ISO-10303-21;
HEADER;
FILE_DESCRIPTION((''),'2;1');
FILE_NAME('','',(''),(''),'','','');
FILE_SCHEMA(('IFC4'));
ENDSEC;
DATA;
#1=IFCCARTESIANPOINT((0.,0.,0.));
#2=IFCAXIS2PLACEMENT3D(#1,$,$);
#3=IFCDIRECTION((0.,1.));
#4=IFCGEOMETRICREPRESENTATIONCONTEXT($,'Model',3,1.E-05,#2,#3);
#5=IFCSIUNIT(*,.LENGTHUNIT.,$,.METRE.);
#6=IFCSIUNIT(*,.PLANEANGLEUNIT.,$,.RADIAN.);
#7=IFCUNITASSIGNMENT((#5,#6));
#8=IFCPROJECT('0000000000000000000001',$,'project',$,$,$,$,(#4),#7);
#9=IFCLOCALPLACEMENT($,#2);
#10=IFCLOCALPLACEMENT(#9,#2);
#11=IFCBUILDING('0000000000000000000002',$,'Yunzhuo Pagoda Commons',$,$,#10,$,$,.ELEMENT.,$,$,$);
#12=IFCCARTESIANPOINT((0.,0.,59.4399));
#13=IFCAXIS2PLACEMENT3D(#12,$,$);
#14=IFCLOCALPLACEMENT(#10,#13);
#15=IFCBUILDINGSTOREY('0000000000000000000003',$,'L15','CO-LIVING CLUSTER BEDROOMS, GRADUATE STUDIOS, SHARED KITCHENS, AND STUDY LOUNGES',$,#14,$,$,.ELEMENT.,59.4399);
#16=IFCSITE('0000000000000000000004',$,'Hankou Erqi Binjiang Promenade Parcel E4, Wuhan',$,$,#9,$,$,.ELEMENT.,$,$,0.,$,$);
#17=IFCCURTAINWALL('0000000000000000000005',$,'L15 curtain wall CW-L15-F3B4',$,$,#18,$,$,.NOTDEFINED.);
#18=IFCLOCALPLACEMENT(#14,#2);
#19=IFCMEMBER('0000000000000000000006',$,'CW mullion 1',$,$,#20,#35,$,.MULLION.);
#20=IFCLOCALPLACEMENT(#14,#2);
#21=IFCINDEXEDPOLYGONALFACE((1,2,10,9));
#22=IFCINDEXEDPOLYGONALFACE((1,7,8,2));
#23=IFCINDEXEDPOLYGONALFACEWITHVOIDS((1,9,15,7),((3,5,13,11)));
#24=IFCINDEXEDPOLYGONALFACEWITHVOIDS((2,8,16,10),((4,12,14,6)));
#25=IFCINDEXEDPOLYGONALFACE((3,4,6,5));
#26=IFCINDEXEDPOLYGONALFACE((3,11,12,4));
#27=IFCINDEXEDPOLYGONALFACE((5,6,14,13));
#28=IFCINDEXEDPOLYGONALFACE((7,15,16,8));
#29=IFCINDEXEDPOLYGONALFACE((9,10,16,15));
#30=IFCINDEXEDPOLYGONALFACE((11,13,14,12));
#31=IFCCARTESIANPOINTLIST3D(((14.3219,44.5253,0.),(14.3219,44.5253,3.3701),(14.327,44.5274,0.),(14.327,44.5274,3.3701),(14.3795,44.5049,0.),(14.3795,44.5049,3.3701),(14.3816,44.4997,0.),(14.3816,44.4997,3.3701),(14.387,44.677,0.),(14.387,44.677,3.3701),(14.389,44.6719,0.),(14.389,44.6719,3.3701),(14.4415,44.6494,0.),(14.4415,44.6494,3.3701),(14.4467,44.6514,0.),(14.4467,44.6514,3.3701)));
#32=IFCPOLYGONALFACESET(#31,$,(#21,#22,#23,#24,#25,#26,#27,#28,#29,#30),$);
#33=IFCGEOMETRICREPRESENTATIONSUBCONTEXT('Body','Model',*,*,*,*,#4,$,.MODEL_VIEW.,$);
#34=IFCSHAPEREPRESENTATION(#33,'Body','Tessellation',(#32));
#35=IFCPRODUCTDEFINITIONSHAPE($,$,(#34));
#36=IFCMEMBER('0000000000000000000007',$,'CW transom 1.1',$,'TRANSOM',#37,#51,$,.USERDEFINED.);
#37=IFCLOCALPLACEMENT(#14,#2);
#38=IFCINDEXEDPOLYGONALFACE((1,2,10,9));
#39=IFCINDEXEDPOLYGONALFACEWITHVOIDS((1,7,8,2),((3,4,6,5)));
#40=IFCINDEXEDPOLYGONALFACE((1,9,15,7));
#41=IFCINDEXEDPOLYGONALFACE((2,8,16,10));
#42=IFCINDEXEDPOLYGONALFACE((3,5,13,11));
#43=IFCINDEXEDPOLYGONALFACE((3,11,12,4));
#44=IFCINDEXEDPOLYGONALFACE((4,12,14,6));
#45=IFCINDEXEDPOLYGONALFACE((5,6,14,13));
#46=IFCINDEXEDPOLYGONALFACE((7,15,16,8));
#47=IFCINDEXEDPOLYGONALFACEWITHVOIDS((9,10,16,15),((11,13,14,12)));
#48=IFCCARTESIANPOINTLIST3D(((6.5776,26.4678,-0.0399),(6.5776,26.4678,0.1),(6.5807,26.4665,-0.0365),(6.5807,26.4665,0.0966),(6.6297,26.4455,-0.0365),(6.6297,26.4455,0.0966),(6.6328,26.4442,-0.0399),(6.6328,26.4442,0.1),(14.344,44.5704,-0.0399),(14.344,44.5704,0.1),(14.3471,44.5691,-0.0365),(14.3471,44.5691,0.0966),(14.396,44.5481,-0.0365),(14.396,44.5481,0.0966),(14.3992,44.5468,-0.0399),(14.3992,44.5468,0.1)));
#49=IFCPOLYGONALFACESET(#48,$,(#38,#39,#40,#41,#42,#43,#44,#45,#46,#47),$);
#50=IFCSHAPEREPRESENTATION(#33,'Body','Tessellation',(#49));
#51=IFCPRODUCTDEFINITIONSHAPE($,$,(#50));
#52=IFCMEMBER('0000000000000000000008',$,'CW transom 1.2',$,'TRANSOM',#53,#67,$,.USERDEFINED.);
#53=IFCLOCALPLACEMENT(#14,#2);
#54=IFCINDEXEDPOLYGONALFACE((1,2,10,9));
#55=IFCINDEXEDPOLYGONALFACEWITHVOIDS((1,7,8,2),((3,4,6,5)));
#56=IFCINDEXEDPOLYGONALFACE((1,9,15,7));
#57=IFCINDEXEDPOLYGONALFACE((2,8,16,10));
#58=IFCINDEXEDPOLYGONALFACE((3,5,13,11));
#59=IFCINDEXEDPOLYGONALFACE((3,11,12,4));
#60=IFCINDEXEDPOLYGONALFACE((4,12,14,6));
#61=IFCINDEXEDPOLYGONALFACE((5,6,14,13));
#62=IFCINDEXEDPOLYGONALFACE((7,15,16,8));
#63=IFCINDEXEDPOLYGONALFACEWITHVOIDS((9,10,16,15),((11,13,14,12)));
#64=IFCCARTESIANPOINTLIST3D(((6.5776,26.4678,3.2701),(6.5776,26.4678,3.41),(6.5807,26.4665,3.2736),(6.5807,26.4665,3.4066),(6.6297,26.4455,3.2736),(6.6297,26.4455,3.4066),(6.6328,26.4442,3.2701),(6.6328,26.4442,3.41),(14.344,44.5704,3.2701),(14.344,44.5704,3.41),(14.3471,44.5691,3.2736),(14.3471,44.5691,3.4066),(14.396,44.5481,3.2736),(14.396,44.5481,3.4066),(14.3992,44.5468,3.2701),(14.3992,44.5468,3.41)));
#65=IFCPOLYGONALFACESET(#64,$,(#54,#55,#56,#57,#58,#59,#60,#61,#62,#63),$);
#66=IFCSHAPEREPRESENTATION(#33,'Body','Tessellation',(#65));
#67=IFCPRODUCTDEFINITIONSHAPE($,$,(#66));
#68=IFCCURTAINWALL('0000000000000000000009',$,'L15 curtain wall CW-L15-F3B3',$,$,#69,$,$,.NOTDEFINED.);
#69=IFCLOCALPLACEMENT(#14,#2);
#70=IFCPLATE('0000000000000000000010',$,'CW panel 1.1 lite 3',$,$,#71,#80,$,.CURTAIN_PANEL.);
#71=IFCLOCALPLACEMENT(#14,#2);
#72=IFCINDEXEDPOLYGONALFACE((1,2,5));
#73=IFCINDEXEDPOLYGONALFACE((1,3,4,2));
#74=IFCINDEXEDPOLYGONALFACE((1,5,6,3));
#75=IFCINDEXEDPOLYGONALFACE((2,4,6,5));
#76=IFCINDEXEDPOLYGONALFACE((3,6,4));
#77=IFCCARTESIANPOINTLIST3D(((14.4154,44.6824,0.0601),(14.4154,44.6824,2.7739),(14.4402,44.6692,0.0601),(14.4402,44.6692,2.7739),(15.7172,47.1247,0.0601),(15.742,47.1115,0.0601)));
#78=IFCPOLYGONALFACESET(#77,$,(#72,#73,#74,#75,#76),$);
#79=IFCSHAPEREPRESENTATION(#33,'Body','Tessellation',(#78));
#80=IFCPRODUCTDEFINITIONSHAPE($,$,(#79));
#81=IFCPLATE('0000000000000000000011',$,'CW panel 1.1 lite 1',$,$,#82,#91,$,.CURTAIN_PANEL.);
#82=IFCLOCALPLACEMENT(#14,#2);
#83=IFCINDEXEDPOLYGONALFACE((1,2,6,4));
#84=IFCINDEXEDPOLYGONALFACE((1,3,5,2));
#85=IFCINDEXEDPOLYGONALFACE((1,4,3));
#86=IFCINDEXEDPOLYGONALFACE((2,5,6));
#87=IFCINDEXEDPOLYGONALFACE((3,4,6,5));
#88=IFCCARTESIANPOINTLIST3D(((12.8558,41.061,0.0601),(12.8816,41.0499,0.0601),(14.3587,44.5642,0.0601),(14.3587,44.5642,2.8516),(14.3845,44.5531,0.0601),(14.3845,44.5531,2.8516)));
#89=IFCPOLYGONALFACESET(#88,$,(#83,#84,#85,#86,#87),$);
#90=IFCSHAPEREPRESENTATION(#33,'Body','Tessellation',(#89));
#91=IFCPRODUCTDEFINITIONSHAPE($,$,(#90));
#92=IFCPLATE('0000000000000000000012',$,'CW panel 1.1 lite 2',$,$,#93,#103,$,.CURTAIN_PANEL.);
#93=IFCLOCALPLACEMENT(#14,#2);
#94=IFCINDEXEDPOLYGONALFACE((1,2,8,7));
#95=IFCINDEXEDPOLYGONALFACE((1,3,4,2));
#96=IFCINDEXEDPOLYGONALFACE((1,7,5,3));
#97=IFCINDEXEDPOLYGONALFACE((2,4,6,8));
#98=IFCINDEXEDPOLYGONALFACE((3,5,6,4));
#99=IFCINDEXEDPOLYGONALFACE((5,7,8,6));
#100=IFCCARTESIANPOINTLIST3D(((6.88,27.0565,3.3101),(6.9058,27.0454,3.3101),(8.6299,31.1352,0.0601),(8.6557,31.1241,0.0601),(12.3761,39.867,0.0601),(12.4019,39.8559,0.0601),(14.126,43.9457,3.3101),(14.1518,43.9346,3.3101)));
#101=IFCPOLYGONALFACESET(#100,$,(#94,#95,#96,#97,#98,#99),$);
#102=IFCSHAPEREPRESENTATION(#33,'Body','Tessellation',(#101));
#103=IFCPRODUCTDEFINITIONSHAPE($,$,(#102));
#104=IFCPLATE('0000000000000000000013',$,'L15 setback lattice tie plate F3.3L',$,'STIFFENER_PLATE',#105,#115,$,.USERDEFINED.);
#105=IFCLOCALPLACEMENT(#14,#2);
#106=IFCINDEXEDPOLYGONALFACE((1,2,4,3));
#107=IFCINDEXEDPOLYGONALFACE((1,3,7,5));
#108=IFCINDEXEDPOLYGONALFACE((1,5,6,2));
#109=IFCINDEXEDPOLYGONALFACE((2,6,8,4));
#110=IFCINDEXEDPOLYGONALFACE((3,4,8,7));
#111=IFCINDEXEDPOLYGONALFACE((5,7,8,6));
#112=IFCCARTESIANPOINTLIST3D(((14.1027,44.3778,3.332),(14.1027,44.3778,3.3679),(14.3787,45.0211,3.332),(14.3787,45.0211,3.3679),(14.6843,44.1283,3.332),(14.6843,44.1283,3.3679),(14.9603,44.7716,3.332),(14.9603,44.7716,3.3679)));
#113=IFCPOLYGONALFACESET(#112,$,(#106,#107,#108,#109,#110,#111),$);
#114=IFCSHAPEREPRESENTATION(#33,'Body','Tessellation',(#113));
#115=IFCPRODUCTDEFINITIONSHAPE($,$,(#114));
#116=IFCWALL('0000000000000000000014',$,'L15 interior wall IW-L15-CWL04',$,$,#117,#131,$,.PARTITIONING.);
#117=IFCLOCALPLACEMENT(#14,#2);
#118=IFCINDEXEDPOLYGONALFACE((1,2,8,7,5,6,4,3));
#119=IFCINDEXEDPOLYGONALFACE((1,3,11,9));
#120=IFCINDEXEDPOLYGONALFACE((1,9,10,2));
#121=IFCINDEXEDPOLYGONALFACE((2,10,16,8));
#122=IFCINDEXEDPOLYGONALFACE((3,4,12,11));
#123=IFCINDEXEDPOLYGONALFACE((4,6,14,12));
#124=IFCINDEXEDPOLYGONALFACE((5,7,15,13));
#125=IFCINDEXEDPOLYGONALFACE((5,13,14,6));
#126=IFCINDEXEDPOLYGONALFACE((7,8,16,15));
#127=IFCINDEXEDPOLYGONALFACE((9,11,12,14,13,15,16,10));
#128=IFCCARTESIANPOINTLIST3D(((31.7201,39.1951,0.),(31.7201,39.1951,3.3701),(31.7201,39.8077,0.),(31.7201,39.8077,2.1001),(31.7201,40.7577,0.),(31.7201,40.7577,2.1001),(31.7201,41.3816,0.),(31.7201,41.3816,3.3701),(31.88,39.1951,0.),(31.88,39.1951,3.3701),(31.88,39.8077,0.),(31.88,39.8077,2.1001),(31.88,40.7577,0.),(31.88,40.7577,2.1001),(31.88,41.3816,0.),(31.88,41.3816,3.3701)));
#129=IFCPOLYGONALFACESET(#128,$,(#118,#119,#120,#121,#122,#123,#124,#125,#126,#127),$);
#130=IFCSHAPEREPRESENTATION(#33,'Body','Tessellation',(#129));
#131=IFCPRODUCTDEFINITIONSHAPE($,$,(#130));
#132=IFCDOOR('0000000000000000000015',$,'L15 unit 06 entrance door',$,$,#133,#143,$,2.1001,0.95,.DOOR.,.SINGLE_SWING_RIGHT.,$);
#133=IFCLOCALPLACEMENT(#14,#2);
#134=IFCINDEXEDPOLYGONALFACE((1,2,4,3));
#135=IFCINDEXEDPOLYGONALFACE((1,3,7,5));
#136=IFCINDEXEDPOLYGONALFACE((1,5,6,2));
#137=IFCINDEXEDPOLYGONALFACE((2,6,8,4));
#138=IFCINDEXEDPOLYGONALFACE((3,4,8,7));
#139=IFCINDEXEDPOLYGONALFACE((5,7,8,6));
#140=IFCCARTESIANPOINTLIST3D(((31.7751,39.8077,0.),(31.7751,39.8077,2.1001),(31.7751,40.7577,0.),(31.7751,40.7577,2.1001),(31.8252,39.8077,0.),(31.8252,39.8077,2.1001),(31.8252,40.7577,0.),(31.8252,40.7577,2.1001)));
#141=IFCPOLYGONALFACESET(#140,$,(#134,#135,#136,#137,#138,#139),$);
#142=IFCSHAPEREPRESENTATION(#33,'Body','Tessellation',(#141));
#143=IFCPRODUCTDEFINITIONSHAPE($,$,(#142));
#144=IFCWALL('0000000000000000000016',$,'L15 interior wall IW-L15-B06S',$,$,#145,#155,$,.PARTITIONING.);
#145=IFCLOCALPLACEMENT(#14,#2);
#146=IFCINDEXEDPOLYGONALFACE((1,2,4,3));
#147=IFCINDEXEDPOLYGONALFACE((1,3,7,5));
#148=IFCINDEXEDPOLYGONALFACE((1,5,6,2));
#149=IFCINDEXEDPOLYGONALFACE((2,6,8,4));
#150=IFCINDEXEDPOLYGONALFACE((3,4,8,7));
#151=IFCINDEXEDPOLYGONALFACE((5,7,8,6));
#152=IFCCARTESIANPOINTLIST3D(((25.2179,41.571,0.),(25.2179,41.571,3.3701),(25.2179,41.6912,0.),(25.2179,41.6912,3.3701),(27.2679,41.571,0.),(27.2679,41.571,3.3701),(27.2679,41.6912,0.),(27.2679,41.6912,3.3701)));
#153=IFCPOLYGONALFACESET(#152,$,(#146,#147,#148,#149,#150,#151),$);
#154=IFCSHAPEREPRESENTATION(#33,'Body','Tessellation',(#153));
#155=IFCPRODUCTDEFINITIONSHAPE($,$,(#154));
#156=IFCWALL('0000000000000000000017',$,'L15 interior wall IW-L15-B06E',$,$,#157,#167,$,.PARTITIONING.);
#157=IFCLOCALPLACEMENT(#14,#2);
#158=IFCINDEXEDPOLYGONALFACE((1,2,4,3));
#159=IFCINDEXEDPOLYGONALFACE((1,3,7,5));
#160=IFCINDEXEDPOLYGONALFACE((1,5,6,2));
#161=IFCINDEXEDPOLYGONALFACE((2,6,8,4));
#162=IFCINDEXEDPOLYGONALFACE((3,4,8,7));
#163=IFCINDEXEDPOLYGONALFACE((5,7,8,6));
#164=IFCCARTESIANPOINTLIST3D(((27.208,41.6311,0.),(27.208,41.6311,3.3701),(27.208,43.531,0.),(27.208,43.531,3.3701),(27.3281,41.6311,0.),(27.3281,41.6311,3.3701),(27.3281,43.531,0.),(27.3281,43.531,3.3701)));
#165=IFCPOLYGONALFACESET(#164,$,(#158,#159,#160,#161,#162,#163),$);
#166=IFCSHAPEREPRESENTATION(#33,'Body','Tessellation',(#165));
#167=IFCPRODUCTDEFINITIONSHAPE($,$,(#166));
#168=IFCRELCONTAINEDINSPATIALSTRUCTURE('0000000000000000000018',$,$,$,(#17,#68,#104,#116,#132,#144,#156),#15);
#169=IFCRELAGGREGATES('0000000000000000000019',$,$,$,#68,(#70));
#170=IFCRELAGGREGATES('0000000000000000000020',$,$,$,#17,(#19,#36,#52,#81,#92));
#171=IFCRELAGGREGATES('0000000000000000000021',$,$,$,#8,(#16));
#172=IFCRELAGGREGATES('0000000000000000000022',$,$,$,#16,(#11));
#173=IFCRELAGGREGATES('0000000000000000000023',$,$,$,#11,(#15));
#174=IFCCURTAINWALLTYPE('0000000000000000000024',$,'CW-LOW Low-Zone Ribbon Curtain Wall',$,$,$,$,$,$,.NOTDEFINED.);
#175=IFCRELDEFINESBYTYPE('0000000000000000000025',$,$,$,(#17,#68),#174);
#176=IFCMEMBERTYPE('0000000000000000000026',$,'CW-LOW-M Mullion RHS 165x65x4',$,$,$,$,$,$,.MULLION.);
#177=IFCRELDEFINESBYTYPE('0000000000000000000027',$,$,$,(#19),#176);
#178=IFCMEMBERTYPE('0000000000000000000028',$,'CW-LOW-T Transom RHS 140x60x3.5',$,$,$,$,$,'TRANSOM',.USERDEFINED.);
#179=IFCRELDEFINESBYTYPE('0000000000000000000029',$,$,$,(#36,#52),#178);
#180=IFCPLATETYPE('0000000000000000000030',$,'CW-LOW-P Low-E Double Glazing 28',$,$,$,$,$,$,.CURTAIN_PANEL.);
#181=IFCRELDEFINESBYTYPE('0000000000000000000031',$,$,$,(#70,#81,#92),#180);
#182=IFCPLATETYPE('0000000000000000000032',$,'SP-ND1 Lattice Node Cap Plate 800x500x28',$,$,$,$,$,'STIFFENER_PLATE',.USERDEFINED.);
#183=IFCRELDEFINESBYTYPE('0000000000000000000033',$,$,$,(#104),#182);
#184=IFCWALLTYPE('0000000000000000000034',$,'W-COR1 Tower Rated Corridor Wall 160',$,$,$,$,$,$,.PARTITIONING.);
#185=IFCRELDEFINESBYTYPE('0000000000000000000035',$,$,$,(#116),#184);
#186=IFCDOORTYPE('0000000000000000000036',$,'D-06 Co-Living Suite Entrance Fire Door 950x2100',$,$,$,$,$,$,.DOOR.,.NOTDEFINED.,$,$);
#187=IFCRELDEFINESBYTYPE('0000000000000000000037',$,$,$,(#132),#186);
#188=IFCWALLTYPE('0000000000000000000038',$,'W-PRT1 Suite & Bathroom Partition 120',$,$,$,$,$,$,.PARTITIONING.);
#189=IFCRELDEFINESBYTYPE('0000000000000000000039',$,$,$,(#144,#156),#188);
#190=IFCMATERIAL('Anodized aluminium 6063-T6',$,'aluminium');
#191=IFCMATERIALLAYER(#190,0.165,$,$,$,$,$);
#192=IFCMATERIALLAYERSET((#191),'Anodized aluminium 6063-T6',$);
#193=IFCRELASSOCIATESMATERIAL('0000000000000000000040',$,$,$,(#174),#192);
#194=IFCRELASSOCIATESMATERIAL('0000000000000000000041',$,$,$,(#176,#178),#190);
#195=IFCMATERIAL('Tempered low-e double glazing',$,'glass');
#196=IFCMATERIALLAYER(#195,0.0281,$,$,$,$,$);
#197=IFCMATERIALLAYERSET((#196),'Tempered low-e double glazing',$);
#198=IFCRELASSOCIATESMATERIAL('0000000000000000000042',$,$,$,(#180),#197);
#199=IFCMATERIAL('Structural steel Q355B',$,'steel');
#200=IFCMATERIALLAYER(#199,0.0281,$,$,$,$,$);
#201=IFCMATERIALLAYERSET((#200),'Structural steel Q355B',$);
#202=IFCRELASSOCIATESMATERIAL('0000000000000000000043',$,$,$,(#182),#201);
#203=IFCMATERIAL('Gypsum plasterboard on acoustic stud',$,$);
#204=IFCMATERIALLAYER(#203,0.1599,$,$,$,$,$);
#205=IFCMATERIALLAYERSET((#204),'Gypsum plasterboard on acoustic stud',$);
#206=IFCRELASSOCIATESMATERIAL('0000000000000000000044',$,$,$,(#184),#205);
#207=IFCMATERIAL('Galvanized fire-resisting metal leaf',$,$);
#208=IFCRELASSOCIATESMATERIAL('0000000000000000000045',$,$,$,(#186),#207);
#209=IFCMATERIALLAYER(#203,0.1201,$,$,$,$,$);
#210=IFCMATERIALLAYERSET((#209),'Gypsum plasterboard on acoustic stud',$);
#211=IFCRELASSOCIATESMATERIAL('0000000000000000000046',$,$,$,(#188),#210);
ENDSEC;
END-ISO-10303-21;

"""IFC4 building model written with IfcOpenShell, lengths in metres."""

from ifc_helpers import new_model, si_unit, direction, frame, frame_2d, origin, origin_with_axes, origin_2d, place, context, subcontext, project, spatial, polyline, rectangle, hollow_rectangle, outline, extrude, source, transform, mapped, material, layer, layer_set, material_profile, profile_set, type_object, element, fill, aggregate, save


model = new_model("IFC4")

# Units and contexts
model_context = context("Model", 3, precision=1e-05, world=origin(), true_north=direction((0.0, 1.0)))
body_context = subcontext(model_context, "Body", "Model", "MODEL_VIEW")
ifc_project = project(units=[si_unit("LENGTHUNIT", "METRE"), si_unit("PLANEANGLEUNIT", "RADIAN")], contexts=[model_context])

# Site, building, storey
site_placement = place(None, origin())
site = spatial("IfcSite", under=ifc_project, at=site_placement, Name="Hankou Erqi Binjiang Promenade Parcel E4, Wuhan", CompositionType="ELEMENT", RefElevation=0.0)
building_placement = place(site_placement, origin())
building = spatial("IfcBuilding", under=site, at=building_placement, Name="Yunzhuo Pagoda Commons", CompositionType="ELEMENT")
storey_placement = place(building_placement, frame((0.0, 0.0, 59.4399)))
storey = spatial("IfcBuildingStorey", under=building, at=storey_placement, Name="L15", Description="CO-LIVING CLUSTER BEDROOMS, GRADUATE STUDIOS, SHARED KITCHENS, AND STUDY LOUNGES", CompositionType="ELEMENT", Elevation=59.4399)

# Shared definitions
ifc_material_1 = material(Name="Structural steel Q355B", Category="steel")

# Curtain wall, members
ifc_material_2 = material(Name="Anodized aluminium 6063-T6", Category="aluminium")
ifc_layer_1 = layer(ifc_material_2, 0.165)
ifc_layer_set_1 = layer_set([ifc_layer_1], Name="Anodized aluminium 6063-T6")
curtain_wall_type = type_object("IfcCurtainWallType", Name="CW-LOW Low-Zone Ribbon Curtain Wall", PredefinedType="NOTDEFINED", material=ifc_layer_set_1)
curtain_wall_1_placement = place(storey_placement, origin())
curtain_wall_1 = element("IfcCurtainWall", 1, at=curtain_wall_1_placement, inside=storey, type_object=curtain_wall_type, Name="L15 curtain wall CW-L15-F3B4", PredefinedType="NOTDEFINED")
ifc_material_profile_1 = material_profile(ifc_material_2, hollow_rectangle(XDim=0.0649, YDim=0.165, WallThickness=0.0039, at=origin_2d()), Name="Anodized aluminium 6063-T6")
ifc_profile_set_1 = profile_set([ifc_material_profile_1], Name="Anodized aluminium 6063-T6")
member_type_1 = type_object("IfcMemberType", Name="CW-LOW-M Mullion RHS 165x65x4", PredefinedType="MULLION", material=ifc_profile_set_1)
shared_shape_1 = source(origin(), body_context, "Body", "SweptSolid", [
    extrude(hollow_rectangle(XDim=0.0649, YDim=0.165, WallThickness=0.0039, at=origin_2d()), origin(), (0.0, 0.0, 1.0), 3.3701),
])
member_1_placement = place(storey_placement, frame((14.3843, 44.5884, 0.0), z_axis=(0.0, 0.0, 1.0), x_axis=(0.918993, -0.394274, 0.0)))
member_1 = element("IfcMember", 2, at=member_1_placement, type_object=member_type_1, Name="CW mullion 1", PredefinedType="MULLION", context=body_context, shape_type="MappedRepresentation", body=[
    mapped(shared_shape_1, transform((0.0, 0.0, 0.0), scale=1.0)),
])
ifc_material_profile_2 = material_profile(ifc_material_2, hollow_rectangle(XDim=0.0601, YDim=0.1399, WallThickness=0.0034, at=origin_2d()), Name="Anodized aluminium 6063-T6")
ifc_profile_set_2 = profile_set([ifc_material_profile_2], Name="Anodized aluminium 6063-T6")
member_type_2 = type_object("IfcMemberType", Name="CW-LOW-T Transom RHS 140x60x3.5", ElementType="TRANSOM", PredefinedType="USERDEFINED", material=ifc_profile_set_2)
shared_shape_2 = source(origin(), body_context, "Body", "SweptSolid", [
    extrude(hollow_rectangle(XDim=0.0601, YDim=0.1399, WallThickness=0.0034, at=origin_2d()), origin(), (0.0, 0.0, 1.0), 19.6982),
])
member_2_placement = place(storey_placement, frame((14.3716, 44.5586, 0.03), z_axis=(-0.394268, -0.918996, 0.0), x_axis=(0.918996, -0.394268, 0.0)))
member_2 = element("IfcMember", 3, at=member_2_placement, type_object=member_type_2, Name="CW transom 1.1", ObjectType="TRANSOM", PredefinedType="USERDEFINED", context=body_context, shape_type="MappedRepresentation", body=[
    mapped(shared_shape_2, transform((0.0, 0.0, 0.0), scale=1.0)),
])
member_3_placement = place(storey_placement, frame((14.3716, 44.5586, 3.3401), z_axis=(-0.394268, -0.918996, 0.0), x_axis=(0.918996, -0.394268, 0.0)))
member_3 = element("IfcMember", 4, at=member_3_placement, type_object=member_type_2, Name="CW transom 1.2", ObjectType="TRANSOM", PredefinedType="USERDEFINED", context=body_context, shape_type="MappedRepresentation", body=[
    mapped(shared_shape_2, transform((0.0, 0.0, 0.0), scale=1.0)),
])

# Curtain wall, plate
curtain_wall_2_placement = place(storey_placement, origin())
curtain_wall_2 = element("IfcCurtainWall", 5, at=curtain_wall_2_placement, inside=storey, type_object=curtain_wall_type, Name="L15 curtain wall CW-L15-F3B3", PredefinedType="NOTDEFINED")
ifc_material_3 = material(Name="Tempered low-e double glazing", Category="glass")
ifc_layer_2 = layer(ifc_material_3, 0.0281)
ifc_layer_set_2 = layer_set([ifc_layer_2], Name="Tempered low-e double glazing")
plate_type_1 = type_object("IfcPlateType", Name="CW-LOW-P Low-E Double Glazing 28", PredefinedType="CURTAIN_PANEL", material=ifc_layer_set_2)
plate_1_placement = place(storey_placement, frame((15.0911, 45.8904, 1.417), z_axis=(-0.88247, 0.470369, 0.0), x_axis=(-0.470369, -0.88247, 0.0)))
plate_1 = element("IfcPlate", 6, at=plate_1_placement, type_object=plate_type_1, Name="CW panel 1.1 lite 3", PredefinedType="CURTAIN_PANEL", context=body_context, shape_type="SweptSolid", body=[
    extrude(outline(polyline([(-1.3838, -1.3569), (1.3838, -1.3569), (1.3838, 1.3569), (-1.3838, -1.3569)])), origin(), (0.0, 0.0, 1.0), 0.0281),
])
aggregate(curtain_wall_2, [plate_1])

# Plates
plate_2_placement = place(storey_placement, frame((13.6331, 42.8015, 1.4558), z_axis=(-0.918993, 0.394274, 0.0), x_axis=(-0.394274, -0.918993, 0.0)))
plate_2 = element("IfcPlate", 7, at=plate_2_placement, type_object=plate_type_1, Name="CW panel 1.1 lite 1", PredefinedType="CURTAIN_PANEL", context=body_context, shape_type="SweptSolid", body=[
    extrude(outline(polyline([(-1.906, -1.3958), (1.906, -1.3958), (-1.906, 1.3958), (-1.906, -1.3958)])), origin(), (0.0, 0.0, 1.0), 0.0281),
])
plate_3_placement = place(storey_placement, frame((10.5288, 35.49, 1.6851), z_axis=(-0.918993, 0.394274, 0.0), x_axis=(-0.394274, -0.918993, 0.0)))
plate_3 = element("IfcPlate", 8, at=plate_3_placement, type_object=plate_type_1, Name="CW panel 1.1 lite 2", PredefinedType="CURTAIN_PANEL", context=body_context, shape_type="SweptSolid", body=[
    extrude(outline(polyline([(-9.189, 1.625), (-4.7507, -1.625), (4.7507, -1.625), (9.189, 1.625), (-9.189, 1.625)])), origin(), (0.0, 0.0, 1.0), 0.0281),
])
aggregate(curtain_wall_1, [member_1, member_2, member_3, plate_2, plate_3])
ifc_layer_3 = layer(ifc_material_1, 0.0281)
ifc_layer_set_3 = layer_set([ifc_layer_3], Name="Structural steel Q355B")
plate_type_2 = type_object("IfcPlateType", Name="SP-ND1 Lattice Node Cap Plate 800x500x28", ElementType="STIFFENER_PLATE", PredefinedType="USERDEFINED", material=ifc_layer_set_3)
shared_shape_3 = source(origin(), body_context, "Body", "SweptSolid", [
    extrude(rectangle(XDim=0.7, YDim=0.6328, at=origin_2d()), origin(), (0.0, 0.0, 1.0), 0.0359),
])
plate_4_placement = place(storey_placement, frame((14.5315, 44.5747, 3.332), z_axis=(0.0, 0.0, 1.0), x_axis=(-0.394279, -0.918991, 0.0)))
element("IfcPlate", 9, at=plate_4_placement, inside=storey, type_object=plate_type_2, Name="L15 setback lattice tie plate F3.3L", ObjectType="STIFFENER_PLATE", PredefinedType="USERDEFINED", context=body_context, shape_type="MappedRepresentation", body=[
    mapped(shared_shape_3, transform((0.0, 0.0, 0.0), scale=1.0)),
])

# Wall, opening, door
ifc_material_4 = material(Name="Gypsum plasterboard on acoustic stud")
ifc_layer_4 = layer(ifc_material_4, 0.1599)
ifc_layer_set_4 = layer_set([ifc_layer_4], Name="Gypsum plasterboard on acoustic stud")
wall_type_1 = type_object("IfcWallType", Name="W-COR1 Tower Rated Corridor Wall 160", PredefinedType="PARTITIONING", material=ifc_layer_set_4)
wall_1_placement = place(storey_placement, frame((31.8, 39.1951, 0.0), z_axis=(0.0, 0.0, 1.0), x_axis=(0.0, 1.0, 0.0)))
wall_1 = element("IfcWall", 10, at=wall_1_placement, inside=storey, type_object=wall_type_1, Name="L15 interior wall IW-L15-CWL04", PredefinedType="PARTITIONING", context=body_context, shape_type="SweptSolid", body=[
    extrude(rectangle(XDim=2.1865, YDim=0.1599, at=frame_2d((1.0933, 0.0))), origin(), (0.0, 0.0, 1.0), 3.3701),
])
opening_1_placement = place(wall_1_placement, frame((0.6125, 0.0, 0.0)))
opening_1 = element("IfcOpeningElement", 11, at=opening_1_placement, cuts=wall_1, PredefinedType="OPENING", context=body_context, shape_type="SweptSolid", body=[
    extrude(rectangle(XDim=0.95, YDim=2.1001, at=frame_2d((0.4751, 1.05))), frame((0.0, 0.0898, 0.0), z_axis=(0.0, -1.0, 0.0), x_axis=(1.0, 0.0, 0.0)), (0.0, 0.0, 1.0), 0.1799),
])
ifc_material_5 = material(Name="Galvanized fire-resisting metal leaf")
door_type_1 = type_object("IfcDoorType", Name="D-06 Co-Living Suite Entrance Fire Door 950x2100", OperationType="NOTDEFINED", PredefinedType="DOOR", material=ifc_material_5)
shared_shape_4 = source(origin(), body_context, "Body", "SweptSolid", [
    extrude(rectangle(XDim=0.95, YDim=2.1001, at=frame_2d((0.4751, 1.05))), frame((0.0, 0.0249, 0.0), z_axis=(0.0, -1.0, 0.0), x_axis=(1.0, 0.0, 0.0)), (0.0, 0.0, 1.0), 0.05),
])
door_1_placement = place(opening_1_placement, origin_with_axes())
door_1 = element("IfcDoor", 12, at=door_1_placement, inside=storey, type_object=door_type_1, Name="L15 unit 06 entrance door", OperationType="SINGLE_SWING_RIGHT", OverallHeight=2.1001, OverallWidth=0.95, PredefinedType="DOOR", context=body_context, shape_type="MappedRepresentation", body=[
    mapped(shared_shape_4, transform((0.0, 0.0, 0.0), scale=1.0)),
])
fill(opening_1, door_1)

# Walls
ifc_layer_5 = layer(ifc_material_4, 0.1201)
ifc_layer_set_5 = layer_set([ifc_layer_5], Name="Gypsum plasterboard on acoustic stud")
wall_type_2 = type_object("IfcWallType", Name="W-PRT1 Suite & Bathroom Partition 120", PredefinedType="PARTITIONING", material=ifc_layer_set_5)
wall_2_placement = place(storey_placement, frame((25.218, 41.6311, 0.0), z_axis=(0.0, 0.0, 1.0), x_axis=(1.0, 0.0, 0.0)))
element("IfcWall", 13, at=wall_2_placement, inside=storey, type_object=wall_type_2, Name="L15 interior wall IW-L15-B06S", PredefinedType="PARTITIONING", context=body_context, shape_type="SweptSolid", body=[
    extrude(rectangle(XDim=2.05, YDim=0.1201, at=frame_2d((1.0249, 0.0))), origin(), (0.0, 0.0, 1.0), 3.3701),
])
wall_3_placement = place(storey_placement, frame((27.2681, 41.6311, 0.0), z_axis=(0.0, 0.0, 1.0), x_axis=(0.0, 1.0, 0.0)))
element("IfcWall", 14, at=wall_3_placement, inside=storey, type_object=wall_type_2, Name="L15 interior wall IW-L15-B06E", PredefinedType="PARTITIONING", context=body_context, shape_type="SweptSolid", body=[
    extrude(rectangle(XDim=1.8999, YDim=0.1201, at=frame_2d((0.95, 0.0))), origin(), (0.0, 0.0, 1.0), 3.3701),
])

save(model, "model.ifc")
